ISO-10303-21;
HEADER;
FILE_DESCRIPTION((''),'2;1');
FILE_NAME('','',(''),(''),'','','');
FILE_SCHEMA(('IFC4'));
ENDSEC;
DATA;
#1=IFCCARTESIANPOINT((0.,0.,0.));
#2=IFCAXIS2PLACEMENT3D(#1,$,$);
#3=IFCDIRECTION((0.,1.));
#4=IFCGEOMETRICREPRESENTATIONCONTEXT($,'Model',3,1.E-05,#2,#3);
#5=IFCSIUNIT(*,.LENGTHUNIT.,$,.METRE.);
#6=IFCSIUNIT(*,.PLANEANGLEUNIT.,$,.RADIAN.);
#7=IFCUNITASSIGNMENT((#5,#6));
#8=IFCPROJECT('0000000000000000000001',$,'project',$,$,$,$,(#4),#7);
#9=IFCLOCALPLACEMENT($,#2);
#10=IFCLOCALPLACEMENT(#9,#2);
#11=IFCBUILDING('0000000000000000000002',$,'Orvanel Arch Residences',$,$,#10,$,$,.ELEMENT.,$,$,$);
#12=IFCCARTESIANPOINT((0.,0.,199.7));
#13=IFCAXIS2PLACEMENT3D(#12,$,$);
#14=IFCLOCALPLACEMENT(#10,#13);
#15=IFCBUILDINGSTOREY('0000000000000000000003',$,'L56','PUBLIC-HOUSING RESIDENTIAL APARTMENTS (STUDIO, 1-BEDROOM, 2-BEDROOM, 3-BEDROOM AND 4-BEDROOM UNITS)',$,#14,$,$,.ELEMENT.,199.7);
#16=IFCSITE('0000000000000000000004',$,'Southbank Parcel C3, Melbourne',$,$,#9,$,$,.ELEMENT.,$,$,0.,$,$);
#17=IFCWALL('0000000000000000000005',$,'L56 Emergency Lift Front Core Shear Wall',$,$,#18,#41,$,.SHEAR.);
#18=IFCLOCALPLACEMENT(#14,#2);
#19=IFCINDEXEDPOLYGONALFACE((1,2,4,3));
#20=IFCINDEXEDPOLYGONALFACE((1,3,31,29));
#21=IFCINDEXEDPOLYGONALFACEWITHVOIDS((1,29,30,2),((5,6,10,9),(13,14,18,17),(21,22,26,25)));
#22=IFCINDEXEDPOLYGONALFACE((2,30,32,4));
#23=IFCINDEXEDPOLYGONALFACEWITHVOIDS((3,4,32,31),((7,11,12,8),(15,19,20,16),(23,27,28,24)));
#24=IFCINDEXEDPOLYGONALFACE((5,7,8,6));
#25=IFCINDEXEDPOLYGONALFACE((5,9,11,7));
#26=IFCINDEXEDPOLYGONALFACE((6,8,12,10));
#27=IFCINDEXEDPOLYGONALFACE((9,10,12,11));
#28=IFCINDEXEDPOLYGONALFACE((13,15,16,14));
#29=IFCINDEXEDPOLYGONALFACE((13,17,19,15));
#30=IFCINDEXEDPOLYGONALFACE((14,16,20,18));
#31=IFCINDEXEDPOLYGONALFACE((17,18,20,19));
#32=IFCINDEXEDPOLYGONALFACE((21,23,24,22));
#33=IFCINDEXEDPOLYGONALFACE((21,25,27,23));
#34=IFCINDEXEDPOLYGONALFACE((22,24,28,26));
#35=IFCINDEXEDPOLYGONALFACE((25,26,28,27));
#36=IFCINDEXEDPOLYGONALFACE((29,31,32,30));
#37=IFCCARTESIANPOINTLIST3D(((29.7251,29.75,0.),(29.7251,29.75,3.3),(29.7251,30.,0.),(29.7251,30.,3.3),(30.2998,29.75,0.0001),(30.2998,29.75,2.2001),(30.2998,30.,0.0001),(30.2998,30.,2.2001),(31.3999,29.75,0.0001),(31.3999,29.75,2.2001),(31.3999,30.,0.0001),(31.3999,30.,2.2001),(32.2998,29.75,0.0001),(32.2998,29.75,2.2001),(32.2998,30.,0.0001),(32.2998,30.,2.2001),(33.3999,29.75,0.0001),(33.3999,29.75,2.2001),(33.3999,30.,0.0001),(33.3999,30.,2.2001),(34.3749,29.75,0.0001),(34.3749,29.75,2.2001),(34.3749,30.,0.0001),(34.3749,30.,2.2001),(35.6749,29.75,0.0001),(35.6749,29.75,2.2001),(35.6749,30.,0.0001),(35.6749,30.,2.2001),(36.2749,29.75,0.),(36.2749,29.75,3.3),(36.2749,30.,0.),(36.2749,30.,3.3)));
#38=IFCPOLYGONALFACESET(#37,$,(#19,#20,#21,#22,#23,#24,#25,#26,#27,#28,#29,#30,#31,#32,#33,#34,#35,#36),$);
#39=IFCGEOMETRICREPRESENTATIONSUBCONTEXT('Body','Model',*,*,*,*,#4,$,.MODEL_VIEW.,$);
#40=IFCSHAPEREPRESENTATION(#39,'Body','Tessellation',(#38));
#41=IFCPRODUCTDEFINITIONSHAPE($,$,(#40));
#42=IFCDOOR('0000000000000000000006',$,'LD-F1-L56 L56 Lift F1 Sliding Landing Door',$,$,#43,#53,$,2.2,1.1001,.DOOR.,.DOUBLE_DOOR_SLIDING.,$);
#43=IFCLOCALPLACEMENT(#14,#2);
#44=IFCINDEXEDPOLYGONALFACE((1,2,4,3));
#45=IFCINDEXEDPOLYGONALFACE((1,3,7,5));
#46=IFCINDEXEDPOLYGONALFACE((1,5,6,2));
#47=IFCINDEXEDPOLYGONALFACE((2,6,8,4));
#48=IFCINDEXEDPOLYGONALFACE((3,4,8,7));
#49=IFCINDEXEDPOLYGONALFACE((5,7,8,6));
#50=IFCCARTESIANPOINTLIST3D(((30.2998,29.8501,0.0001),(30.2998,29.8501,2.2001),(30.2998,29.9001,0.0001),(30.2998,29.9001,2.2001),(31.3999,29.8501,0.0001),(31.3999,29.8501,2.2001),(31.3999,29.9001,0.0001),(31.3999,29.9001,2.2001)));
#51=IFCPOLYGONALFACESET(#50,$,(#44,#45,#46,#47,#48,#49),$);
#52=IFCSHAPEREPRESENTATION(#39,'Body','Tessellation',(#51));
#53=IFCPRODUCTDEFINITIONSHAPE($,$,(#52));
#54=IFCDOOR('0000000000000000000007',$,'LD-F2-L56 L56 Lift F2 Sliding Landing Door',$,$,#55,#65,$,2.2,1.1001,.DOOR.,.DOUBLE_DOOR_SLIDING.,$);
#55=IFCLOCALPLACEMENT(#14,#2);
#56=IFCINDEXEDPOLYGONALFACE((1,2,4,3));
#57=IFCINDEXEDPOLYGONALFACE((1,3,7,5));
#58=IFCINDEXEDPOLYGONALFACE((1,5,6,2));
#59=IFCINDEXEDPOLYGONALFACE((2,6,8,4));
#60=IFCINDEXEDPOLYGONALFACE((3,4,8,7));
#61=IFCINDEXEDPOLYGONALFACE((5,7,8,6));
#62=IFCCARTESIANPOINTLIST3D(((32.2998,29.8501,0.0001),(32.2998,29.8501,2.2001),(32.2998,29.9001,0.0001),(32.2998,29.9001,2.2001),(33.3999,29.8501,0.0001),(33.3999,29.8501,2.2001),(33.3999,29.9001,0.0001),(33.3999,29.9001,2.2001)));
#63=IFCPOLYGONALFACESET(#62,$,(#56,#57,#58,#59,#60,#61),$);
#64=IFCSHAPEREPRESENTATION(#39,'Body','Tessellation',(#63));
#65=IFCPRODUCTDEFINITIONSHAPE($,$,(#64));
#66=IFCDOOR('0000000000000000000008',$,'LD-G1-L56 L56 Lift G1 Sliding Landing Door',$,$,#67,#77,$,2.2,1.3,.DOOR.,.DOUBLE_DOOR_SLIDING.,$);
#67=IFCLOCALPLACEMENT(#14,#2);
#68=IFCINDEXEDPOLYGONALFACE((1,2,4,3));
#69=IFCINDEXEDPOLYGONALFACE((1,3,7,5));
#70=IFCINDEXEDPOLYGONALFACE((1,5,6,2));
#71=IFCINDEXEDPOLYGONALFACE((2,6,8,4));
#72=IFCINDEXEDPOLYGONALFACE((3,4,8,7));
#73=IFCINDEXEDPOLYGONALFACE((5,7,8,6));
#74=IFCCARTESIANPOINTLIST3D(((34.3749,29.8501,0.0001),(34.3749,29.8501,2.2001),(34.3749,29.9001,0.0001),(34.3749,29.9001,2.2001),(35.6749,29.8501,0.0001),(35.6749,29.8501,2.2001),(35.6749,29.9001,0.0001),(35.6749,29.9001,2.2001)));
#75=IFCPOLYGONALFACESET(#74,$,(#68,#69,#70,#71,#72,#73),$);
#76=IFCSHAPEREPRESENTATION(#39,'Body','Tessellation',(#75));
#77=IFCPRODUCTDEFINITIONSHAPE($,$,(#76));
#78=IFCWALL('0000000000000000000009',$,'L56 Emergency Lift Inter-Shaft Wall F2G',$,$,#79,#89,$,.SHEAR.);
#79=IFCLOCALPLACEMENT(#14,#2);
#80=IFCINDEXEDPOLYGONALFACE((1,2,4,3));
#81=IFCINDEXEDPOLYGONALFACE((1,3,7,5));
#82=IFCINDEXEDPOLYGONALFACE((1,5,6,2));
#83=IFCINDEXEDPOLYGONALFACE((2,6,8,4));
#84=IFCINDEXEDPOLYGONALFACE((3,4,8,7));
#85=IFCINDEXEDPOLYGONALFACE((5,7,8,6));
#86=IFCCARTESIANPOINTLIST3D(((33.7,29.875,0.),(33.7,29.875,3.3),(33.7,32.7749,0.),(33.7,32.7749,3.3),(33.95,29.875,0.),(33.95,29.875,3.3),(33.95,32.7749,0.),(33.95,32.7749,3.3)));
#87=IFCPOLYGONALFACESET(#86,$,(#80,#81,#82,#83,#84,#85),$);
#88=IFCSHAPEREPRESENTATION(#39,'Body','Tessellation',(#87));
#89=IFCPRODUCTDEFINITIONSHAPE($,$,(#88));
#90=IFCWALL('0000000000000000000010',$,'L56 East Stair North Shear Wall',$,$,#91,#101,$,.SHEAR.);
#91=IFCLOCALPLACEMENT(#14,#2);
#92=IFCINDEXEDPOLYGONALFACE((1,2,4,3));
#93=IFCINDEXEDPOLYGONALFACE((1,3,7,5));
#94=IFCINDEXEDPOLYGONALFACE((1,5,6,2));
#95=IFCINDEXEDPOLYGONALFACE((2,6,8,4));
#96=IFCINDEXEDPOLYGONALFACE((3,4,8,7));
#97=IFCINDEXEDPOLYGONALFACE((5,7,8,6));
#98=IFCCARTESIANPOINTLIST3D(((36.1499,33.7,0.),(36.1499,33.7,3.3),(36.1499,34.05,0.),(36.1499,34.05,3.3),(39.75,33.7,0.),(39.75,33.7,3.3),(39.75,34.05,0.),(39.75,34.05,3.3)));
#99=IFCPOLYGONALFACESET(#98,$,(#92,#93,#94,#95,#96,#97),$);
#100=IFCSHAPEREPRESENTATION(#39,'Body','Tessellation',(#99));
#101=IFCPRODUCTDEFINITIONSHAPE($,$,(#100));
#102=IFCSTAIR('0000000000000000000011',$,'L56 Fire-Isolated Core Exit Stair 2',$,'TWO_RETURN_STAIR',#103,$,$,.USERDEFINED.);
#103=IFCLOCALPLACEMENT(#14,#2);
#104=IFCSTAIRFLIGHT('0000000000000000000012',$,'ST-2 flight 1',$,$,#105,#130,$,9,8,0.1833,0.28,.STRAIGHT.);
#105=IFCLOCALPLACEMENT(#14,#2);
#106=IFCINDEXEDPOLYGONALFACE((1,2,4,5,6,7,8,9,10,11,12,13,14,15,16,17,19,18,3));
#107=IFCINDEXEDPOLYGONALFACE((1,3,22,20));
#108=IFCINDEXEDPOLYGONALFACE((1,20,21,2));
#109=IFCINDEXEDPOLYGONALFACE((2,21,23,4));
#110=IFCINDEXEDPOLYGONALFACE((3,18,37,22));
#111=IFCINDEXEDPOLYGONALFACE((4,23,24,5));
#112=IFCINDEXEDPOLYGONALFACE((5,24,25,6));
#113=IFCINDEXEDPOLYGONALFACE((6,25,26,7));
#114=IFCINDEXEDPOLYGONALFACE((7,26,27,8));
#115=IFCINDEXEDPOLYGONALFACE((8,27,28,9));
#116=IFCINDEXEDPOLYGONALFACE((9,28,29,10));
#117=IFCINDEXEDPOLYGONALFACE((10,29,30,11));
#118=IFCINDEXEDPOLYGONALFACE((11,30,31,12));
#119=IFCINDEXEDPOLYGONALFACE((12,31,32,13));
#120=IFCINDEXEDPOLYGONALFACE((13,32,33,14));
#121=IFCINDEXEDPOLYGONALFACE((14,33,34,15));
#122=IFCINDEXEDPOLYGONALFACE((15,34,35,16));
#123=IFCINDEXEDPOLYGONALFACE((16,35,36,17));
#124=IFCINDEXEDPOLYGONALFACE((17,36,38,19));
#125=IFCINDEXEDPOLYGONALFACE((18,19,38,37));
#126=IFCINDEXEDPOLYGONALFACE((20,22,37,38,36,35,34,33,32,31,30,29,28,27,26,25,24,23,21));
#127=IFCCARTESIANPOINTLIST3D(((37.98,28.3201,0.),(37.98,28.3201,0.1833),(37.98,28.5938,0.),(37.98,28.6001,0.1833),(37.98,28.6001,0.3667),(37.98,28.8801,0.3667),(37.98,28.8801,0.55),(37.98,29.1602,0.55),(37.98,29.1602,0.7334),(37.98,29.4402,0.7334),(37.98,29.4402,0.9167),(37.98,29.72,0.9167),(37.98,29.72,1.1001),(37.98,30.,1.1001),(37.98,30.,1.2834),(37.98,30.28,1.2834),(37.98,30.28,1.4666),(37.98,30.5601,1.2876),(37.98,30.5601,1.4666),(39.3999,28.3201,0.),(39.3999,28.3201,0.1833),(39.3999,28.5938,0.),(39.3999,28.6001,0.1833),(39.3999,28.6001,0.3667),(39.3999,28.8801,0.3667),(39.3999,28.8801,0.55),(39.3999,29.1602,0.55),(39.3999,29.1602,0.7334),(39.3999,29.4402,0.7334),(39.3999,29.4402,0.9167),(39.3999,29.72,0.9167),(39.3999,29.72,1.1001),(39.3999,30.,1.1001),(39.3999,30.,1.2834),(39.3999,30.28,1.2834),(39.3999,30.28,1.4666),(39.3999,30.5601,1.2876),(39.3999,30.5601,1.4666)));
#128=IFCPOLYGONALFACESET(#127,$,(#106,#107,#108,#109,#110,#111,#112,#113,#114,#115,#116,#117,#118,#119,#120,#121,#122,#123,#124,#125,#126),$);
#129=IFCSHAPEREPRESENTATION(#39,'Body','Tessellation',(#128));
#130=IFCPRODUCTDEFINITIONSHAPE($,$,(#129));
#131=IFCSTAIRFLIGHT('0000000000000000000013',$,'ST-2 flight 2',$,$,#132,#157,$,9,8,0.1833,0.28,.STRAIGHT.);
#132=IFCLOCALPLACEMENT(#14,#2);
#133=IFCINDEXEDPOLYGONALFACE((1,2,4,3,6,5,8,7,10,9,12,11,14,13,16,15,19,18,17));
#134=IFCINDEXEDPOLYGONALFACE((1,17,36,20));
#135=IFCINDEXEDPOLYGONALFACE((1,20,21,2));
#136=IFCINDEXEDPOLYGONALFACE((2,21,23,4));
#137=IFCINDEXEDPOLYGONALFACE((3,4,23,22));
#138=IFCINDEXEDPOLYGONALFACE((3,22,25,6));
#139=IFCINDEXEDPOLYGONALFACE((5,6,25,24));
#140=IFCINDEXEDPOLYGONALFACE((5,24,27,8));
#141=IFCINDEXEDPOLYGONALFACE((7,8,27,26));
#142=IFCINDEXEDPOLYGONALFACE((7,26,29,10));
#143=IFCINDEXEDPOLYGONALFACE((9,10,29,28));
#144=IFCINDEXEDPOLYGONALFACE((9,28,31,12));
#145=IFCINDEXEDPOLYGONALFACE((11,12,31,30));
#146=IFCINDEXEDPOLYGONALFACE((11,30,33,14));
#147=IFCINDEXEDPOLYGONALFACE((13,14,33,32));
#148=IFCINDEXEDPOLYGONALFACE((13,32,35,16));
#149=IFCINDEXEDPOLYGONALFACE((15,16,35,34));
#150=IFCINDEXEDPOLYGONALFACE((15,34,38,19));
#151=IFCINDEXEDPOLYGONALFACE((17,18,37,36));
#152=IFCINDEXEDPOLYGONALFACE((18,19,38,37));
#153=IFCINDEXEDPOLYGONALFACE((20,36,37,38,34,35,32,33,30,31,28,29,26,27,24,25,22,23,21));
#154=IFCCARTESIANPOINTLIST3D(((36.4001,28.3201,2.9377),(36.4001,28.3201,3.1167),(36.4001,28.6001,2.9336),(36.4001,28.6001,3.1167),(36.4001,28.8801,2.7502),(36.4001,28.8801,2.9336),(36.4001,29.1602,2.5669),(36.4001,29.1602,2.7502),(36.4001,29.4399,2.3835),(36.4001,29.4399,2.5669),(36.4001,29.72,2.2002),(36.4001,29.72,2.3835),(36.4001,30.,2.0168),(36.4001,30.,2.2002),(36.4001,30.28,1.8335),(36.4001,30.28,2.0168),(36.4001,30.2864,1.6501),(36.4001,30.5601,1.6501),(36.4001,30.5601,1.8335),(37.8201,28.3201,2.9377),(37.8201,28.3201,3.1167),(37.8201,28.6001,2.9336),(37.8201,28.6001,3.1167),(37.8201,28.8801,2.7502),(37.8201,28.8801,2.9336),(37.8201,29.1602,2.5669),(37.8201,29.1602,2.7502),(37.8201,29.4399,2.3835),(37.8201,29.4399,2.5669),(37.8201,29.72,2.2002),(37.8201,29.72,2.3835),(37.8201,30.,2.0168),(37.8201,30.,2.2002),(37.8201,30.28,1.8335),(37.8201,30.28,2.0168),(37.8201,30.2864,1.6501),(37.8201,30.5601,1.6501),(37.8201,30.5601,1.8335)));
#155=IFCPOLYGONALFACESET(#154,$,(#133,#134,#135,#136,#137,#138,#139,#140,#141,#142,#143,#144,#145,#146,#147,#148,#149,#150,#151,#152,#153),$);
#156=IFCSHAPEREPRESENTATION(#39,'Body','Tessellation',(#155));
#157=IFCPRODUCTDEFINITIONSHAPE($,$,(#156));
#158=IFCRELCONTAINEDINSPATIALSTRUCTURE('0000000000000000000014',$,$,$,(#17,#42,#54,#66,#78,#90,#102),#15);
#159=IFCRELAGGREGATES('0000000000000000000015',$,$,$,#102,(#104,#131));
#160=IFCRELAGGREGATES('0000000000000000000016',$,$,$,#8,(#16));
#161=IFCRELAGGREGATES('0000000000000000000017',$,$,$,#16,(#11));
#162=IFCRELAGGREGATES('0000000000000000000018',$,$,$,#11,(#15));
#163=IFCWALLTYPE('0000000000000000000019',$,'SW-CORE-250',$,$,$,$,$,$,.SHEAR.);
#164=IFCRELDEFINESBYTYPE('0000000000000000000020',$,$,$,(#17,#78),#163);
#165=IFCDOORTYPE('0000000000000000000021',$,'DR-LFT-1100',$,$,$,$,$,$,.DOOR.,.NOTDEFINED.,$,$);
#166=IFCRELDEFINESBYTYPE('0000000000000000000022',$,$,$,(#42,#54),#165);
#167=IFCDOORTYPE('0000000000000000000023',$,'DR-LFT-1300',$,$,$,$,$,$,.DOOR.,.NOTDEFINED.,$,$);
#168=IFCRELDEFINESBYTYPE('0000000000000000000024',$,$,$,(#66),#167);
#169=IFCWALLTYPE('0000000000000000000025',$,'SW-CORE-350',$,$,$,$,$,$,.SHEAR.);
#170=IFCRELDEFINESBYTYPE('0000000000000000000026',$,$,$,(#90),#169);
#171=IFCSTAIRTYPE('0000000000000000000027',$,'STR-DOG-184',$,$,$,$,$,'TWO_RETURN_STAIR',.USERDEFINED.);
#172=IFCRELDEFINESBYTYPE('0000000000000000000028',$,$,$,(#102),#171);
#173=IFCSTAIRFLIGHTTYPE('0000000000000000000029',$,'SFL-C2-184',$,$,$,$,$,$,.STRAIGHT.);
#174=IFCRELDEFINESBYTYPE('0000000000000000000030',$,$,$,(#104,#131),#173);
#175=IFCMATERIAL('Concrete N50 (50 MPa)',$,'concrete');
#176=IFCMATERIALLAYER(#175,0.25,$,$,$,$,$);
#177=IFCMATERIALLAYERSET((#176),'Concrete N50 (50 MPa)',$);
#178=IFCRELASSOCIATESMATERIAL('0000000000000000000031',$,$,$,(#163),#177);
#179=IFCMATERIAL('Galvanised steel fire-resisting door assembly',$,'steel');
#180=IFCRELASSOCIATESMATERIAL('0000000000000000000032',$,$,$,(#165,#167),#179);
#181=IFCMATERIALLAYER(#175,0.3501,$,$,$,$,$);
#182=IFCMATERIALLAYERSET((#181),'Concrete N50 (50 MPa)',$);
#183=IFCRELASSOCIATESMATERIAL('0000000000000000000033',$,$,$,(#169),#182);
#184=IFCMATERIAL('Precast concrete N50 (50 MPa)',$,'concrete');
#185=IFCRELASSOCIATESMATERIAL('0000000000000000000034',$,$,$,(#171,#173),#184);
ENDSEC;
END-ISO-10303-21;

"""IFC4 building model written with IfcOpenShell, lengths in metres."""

from ifc_helpers import new_model, si_unit, direction, frame, frame_2d, origin, place, context, subcontext, project, spatial, polyline, rectangle, outline, extrude, material, layer, layer_set, type_object, element, fill, aggregate, save


model = new_model("IFC4")

# Units and contexts
model_context = context("Model", 3, precision=1e-05, world=origin(), true_north=direction((0.0, 1.0)))
body_context = subcontext(model_context, "Body", "Model", "MODEL_VIEW")
ifc_project = project(units=[si_unit("LENGTHUNIT", "METRE"), si_unit("PLANEANGLEUNIT", "RADIAN")], contexts=[model_context])

# Site, building, storey
site_placement = place(None, origin())
site = spatial("IfcSite", under=ifc_project, at=site_placement, Name="Southbank Parcel C3, Melbourne", CompositionType="ELEMENT", RefElevation=0.0)
building_placement = place(site_placement, origin())
building = spatial("IfcBuilding", under=site, at=building_placement, Name="Orvanel Arch Residences", CompositionType="ELEMENT")
storey_placement = place(building_placement, frame((0.0, 0.0, 199.7)))
storey = spatial("IfcBuildingStorey", under=building, at=storey_placement, Name="L56", Description="PUBLIC-HOUSING RESIDENTIAL APARTMENTS (STUDIO, 1-BEDROOM, 2-BEDROOM, 3-BEDROOM AND 4-BEDROOM UNITS)", CompositionType="ELEMENT", Elevation=199.7)

# Shared definitions
ifc_material_1 = material(Name="Concrete N50 (50 MPa)", Category="concrete")
ifc_layer_1 = layer(ifc_material_1, 0.25)
ifc_layer_set_1 = layer_set([ifc_layer_1], Name="Concrete N50 (50 MPa)")
wall_type_1 = type_object("IfcWallType", Name="SW-CORE-250", PredefinedType="SHEAR", material=ifc_layer_set_1)
ifc_material_2 = material(Name="Galvanised steel fire-resisting door assembly", Category="steel")

# Wall, openings, doors
wall_1_placement = place(storey_placement, frame((36.2749, 29.875, 0.0), z_axis=(0.0, 0.0, 1.0), x_axis=(-1.0, 0.0, 0.0)))
wall_1 = element("IfcWall", 1, at=wall_1_placement, inside=storey, type_object=wall_type_1, Name="L56 Emergency Lift Front Core Shear Wall", PredefinedType="SHEAR", context=body_context, shape_type="SweptSolid", body=[
    extrude(rectangle(XDim=6.5498, YDim=0.25, at=frame_2d((3.2749, 0.0))), origin(), (0.0, 0.0, 1.0), 3.3),
])
opening_1_placement = place(wall_1_placement, frame((4.875, 0.0, 0.0)))
opening_1 = element("IfcOpeningElement", 2, at=opening_1_placement, cuts=wall_1, PredefinedType="OPENING", context=body_context, shape_type="SweptSolid", body=[
    extrude(rectangle(XDim=1.1001, YDim=2.2, at=frame_2d((0.55, 1.1001))), frame((0.0, 0.135, 0.0), z_axis=(0.0, -1.0, 0.0), x_axis=(1.0, 0.0, 0.0)), (0.0, 0.0, 1.0), 0.27),
])
opening_2_placement = place(wall_1_placement, frame((2.875, 0.0, 0.0)))
opening_2 = element("IfcOpeningElement", 3, at=opening_2_placement, cuts=wall_1, PredefinedType="OPENING", context=body_context, shape_type="SweptSolid", body=[
    extrude(rectangle(XDim=1.1001, YDim=2.2, at=frame_2d((0.55, 1.1001))), frame((0.0, 0.135, 0.0), z_axis=(0.0, -1.0, 0.0), x_axis=(1.0, 0.0, 0.0)), (0.0, 0.0, 1.0), 0.27),
])
opening_3_placement = place(wall_1_placement, frame((0.6001, 0.0, 0.0)))
opening_3 = element("IfcOpeningElement", 4, at=opening_3_placement, cuts=wall_1, PredefinedType="OPENING", context=body_context, shape_type="SweptSolid", body=[
    extrude(rectangle(XDim=1.3, YDim=2.2, at=frame_2d((0.6499, 1.1001))), frame((0.0, 0.135, 0.0), z_axis=(0.0, -1.0, 0.0), x_axis=(1.0, 0.0, 0.0)), (0.0, 0.0, 1.0), 0.27),
])
door_type_1 = type_object("IfcDoorType", Name="DR-LFT-1100", OperationType="NOTDEFINED", PredefinedType="DOOR", material=ifc_material_2)
door_1_placement = place(opening_1_placement, origin())
door_1 = element("IfcDoor", 5, at=door_1_placement, inside=storey, type_object=door_type_1, Name="LD-F1-L56 L56 Lift F1 Sliding Landing Door", OperationType="DOUBLE_DOOR_SLIDING", OverallHeight=2.2, OverallWidth=1.1001, PredefinedType="DOOR", context=body_context, shape_type="SweptSolid", body=[
    extrude(rectangle(XDim=1.1001, YDim=2.2, at=frame_2d((0.55, 1.1001))), frame((0.0, 0.0249, 0.0), z_axis=(0.0, -1.0, 0.0), x_axis=(1.0, 0.0, 0.0)), (0.0, 0.0, 1.0), 0.05),
])
fill(opening_1, door_1)
door_2_placement = place(opening_2_placement, origin())
door_2 = element("IfcDoor", 6, at=door_2_placement, inside=storey, type_object=door_type_1, Name="LD-F2-L56 L56 Lift F2 Sliding Landing Door", OperationType="DOUBLE_DOOR_SLIDING", OverallHeight=2.2, OverallWidth=1.1001, PredefinedType="DOOR", context=body_context, shape_type="SweptSolid", body=[
    extrude(rectangle(XDim=1.1001, YDim=2.2, at=frame_2d((0.55, 1.1001))), frame((0.0, 0.0249, 0.0), z_axis=(0.0, -1.0, 0.0), x_axis=(1.0, 0.0, 0.0)), (0.0, 0.0, 1.0), 0.05),
])
fill(opening_2, door_2)
door_type_2 = type_object("IfcDoorType", Name="DR-LFT-1300", OperationType="NOTDEFINED", PredefinedType="DOOR", material=ifc_material_2)
door_3_placement = place(opening_3_placement, origin())
door_3 = element("IfcDoor", 7, at=door_3_placement, inside=storey, type_object=door_type_2, Name="LD-G1-L56 L56 Lift G1 Sliding Landing Door", OperationType="DOUBLE_DOOR_SLIDING", OverallHeight=2.2, OverallWidth=1.3, PredefinedType="DOOR", context=body_context, shape_type="SweptSolid", body=[
    extrude(rectangle(XDim=1.3, YDim=2.2, at=frame_2d((0.6499, 1.1001))), frame((0.0, 0.0249, 0.0), z_axis=(0.0, -1.0, 0.0), x_axis=(1.0, 0.0, 0.0)), (0.0, 0.0, 1.0), 0.05),
])
fill(opening_3, door_3)

# Walls
wall_2_placement = place(storey_placement, frame((33.825, 29.875, 0.0), z_axis=(0.0, 0.0, 1.0), x_axis=(0.0, 1.0, 0.0)))
element("IfcWall", 8, at=wall_2_placement, inside=storey, type_object=wall_type_1, Name="L56 Emergency Lift Inter-Shaft Wall F2G", PredefinedType="SHEAR", context=body_context, shape_type="SweptSolid", body=[
    extrude(rectangle(XDim=2.8999, YDim=0.25, at=frame_2d((1.45, 0.0))), origin(), (0.0, 0.0, 1.0), 3.3),
])
ifc_layer_2 = layer(ifc_material_1, 0.3501)
ifc_layer_set_2 = layer_set([ifc_layer_2], Name="Concrete N50 (50 MPa)")
wall_type_2 = type_object("IfcWallType", Name="SW-CORE-350", PredefinedType="SHEAR", material=ifc_layer_set_2)
wall_3_placement = place(storey_placement, frame((36.1499, 33.875, 0.0), z_axis=(0.0, 0.0, 1.0), x_axis=(1.0, 0.0, 0.0)))
element("IfcWall", 9, at=wall_3_placement, inside=storey, type_object=wall_type_2, Name="L56 East Stair North Shear Wall", PredefinedType="SHEAR", context=body_context, shape_type="SweptSolid", body=[
    extrude(rectangle(XDim=3.6001, YDim=0.3501, at=frame_2d((1.8, 0.0))), origin(), (0.0, 0.0, 1.0), 3.3),
])

# Stair, stair flights
ifc_material_3 = material(Name="Precast concrete N50 (50 MPa)", Category="concrete")
stair_type = type_object("IfcStairType", Name="STR-DOG-184", ElementType="TWO_RETURN_STAIR", PredefinedType="USERDEFINED", material=ifc_material_3)
stair_placement = place(storey_placement, origin())
stair = element("IfcStair", 10, at=stair_placement, inside=storey, type_object=stair_type, Name="L56 Fire-Isolated Core Exit Stair 2", ObjectType="TWO_RETURN_STAIR", PredefinedType="USERDEFINED")
stair_flight_type = type_object("IfcStairFlightType", Name="SFL-C2-184", PredefinedType="STRAIGHT", material=ifc_material_3)
stair_flight_1_placement = place(storey_placement, frame((38.6899, 28.3201, 0.0), z_axis=(0.0, 0.0, 1.0), x_axis=(0.0, 1.0, 0.0)))
stair_flight_1 = element("IfcStairFlight", 11, at=stair_flight_1_placement, type_object=stair_flight_type, Name="ST-2 flight 1", NumberOfRisers=9, NumberOfTreads=8, PredefinedType="STRAIGHT", RiserHeight=0.1833, TreadLength=0.28, context=body_context, shape_type="SweptSolid", body=[
    extrude(outline(polyline([(0.0, 0.0), (0.0, 0.1833), (0.28, 0.1833), (0.28, 0.3667), (0.5601, 0.3667), (0.5601, 0.55), (0.8401, 0.55), (0.8401, 0.7334), (1.1201, 0.7334), (1.1201, 0.9167), (1.3999, 0.9167), (1.3999, 1.1001), (1.6799, 1.1001), (1.6799, 1.2834), (1.96, 1.2834), (1.96, 1.4666), (2.24, 1.4666), (2.24, 1.6499), (2.24, 1.2876), (0.2737, 0.0), (0.0, 0.0)])), frame((0.0, 0.71, 0.0), z_axis=(0.0, -1.0, 0.0), x_axis=(1.0, 0.0, 0.0)), (0.0, 0.0, 1.0), 1.4199),
])
stair_flight_2_placement = place(storey_placement, frame((37.1101, 30.5601, 1.6501), z_axis=(0.0, 0.0, 1.0), x_axis=(0.0, -1.0, 0.0)))
stair_flight_2 = element("IfcStairFlight", 12, at=stair_flight_2_placement, type_object=stair_flight_type, Name="ST-2 flight 2", NumberOfRisers=9, NumberOfTreads=8, PredefinedType="STRAIGHT", RiserHeight=0.1833, TreadLength=0.28, context=body_context, shape_type="SweptSolid", body=[
    extrude(outline(polyline([(0.0, 0.0), (0.0, 0.1833), (0.28, 0.1833), (0.28, 0.3667), (0.5601, 0.3667), (0.5601, 0.55), (0.8401, 0.55), (0.8401, 0.7334), (1.1201, 0.7334), (1.1201, 0.9167), (1.3999, 0.9167), (1.3999, 1.1001), (1.6799, 1.1001), (1.6799, 1.2834), (1.96, 1.2834), (1.96, 1.4666), (2.24, 1.4666), (2.24, 1.6499), (2.24, 1.2876), (0.2737, 0.0), (0.0, 0.0)])), frame((0.0, 0.71, 0.0), z_axis=(0.0, -1.0, 0.0), x_axis=(1.0, 0.0, 0.0)), (0.0, 0.0, 1.0), 1.4199),
])
aggregate(stair, [stair_flight_1, stair_flight_2])

save(model, "model.ifc")
